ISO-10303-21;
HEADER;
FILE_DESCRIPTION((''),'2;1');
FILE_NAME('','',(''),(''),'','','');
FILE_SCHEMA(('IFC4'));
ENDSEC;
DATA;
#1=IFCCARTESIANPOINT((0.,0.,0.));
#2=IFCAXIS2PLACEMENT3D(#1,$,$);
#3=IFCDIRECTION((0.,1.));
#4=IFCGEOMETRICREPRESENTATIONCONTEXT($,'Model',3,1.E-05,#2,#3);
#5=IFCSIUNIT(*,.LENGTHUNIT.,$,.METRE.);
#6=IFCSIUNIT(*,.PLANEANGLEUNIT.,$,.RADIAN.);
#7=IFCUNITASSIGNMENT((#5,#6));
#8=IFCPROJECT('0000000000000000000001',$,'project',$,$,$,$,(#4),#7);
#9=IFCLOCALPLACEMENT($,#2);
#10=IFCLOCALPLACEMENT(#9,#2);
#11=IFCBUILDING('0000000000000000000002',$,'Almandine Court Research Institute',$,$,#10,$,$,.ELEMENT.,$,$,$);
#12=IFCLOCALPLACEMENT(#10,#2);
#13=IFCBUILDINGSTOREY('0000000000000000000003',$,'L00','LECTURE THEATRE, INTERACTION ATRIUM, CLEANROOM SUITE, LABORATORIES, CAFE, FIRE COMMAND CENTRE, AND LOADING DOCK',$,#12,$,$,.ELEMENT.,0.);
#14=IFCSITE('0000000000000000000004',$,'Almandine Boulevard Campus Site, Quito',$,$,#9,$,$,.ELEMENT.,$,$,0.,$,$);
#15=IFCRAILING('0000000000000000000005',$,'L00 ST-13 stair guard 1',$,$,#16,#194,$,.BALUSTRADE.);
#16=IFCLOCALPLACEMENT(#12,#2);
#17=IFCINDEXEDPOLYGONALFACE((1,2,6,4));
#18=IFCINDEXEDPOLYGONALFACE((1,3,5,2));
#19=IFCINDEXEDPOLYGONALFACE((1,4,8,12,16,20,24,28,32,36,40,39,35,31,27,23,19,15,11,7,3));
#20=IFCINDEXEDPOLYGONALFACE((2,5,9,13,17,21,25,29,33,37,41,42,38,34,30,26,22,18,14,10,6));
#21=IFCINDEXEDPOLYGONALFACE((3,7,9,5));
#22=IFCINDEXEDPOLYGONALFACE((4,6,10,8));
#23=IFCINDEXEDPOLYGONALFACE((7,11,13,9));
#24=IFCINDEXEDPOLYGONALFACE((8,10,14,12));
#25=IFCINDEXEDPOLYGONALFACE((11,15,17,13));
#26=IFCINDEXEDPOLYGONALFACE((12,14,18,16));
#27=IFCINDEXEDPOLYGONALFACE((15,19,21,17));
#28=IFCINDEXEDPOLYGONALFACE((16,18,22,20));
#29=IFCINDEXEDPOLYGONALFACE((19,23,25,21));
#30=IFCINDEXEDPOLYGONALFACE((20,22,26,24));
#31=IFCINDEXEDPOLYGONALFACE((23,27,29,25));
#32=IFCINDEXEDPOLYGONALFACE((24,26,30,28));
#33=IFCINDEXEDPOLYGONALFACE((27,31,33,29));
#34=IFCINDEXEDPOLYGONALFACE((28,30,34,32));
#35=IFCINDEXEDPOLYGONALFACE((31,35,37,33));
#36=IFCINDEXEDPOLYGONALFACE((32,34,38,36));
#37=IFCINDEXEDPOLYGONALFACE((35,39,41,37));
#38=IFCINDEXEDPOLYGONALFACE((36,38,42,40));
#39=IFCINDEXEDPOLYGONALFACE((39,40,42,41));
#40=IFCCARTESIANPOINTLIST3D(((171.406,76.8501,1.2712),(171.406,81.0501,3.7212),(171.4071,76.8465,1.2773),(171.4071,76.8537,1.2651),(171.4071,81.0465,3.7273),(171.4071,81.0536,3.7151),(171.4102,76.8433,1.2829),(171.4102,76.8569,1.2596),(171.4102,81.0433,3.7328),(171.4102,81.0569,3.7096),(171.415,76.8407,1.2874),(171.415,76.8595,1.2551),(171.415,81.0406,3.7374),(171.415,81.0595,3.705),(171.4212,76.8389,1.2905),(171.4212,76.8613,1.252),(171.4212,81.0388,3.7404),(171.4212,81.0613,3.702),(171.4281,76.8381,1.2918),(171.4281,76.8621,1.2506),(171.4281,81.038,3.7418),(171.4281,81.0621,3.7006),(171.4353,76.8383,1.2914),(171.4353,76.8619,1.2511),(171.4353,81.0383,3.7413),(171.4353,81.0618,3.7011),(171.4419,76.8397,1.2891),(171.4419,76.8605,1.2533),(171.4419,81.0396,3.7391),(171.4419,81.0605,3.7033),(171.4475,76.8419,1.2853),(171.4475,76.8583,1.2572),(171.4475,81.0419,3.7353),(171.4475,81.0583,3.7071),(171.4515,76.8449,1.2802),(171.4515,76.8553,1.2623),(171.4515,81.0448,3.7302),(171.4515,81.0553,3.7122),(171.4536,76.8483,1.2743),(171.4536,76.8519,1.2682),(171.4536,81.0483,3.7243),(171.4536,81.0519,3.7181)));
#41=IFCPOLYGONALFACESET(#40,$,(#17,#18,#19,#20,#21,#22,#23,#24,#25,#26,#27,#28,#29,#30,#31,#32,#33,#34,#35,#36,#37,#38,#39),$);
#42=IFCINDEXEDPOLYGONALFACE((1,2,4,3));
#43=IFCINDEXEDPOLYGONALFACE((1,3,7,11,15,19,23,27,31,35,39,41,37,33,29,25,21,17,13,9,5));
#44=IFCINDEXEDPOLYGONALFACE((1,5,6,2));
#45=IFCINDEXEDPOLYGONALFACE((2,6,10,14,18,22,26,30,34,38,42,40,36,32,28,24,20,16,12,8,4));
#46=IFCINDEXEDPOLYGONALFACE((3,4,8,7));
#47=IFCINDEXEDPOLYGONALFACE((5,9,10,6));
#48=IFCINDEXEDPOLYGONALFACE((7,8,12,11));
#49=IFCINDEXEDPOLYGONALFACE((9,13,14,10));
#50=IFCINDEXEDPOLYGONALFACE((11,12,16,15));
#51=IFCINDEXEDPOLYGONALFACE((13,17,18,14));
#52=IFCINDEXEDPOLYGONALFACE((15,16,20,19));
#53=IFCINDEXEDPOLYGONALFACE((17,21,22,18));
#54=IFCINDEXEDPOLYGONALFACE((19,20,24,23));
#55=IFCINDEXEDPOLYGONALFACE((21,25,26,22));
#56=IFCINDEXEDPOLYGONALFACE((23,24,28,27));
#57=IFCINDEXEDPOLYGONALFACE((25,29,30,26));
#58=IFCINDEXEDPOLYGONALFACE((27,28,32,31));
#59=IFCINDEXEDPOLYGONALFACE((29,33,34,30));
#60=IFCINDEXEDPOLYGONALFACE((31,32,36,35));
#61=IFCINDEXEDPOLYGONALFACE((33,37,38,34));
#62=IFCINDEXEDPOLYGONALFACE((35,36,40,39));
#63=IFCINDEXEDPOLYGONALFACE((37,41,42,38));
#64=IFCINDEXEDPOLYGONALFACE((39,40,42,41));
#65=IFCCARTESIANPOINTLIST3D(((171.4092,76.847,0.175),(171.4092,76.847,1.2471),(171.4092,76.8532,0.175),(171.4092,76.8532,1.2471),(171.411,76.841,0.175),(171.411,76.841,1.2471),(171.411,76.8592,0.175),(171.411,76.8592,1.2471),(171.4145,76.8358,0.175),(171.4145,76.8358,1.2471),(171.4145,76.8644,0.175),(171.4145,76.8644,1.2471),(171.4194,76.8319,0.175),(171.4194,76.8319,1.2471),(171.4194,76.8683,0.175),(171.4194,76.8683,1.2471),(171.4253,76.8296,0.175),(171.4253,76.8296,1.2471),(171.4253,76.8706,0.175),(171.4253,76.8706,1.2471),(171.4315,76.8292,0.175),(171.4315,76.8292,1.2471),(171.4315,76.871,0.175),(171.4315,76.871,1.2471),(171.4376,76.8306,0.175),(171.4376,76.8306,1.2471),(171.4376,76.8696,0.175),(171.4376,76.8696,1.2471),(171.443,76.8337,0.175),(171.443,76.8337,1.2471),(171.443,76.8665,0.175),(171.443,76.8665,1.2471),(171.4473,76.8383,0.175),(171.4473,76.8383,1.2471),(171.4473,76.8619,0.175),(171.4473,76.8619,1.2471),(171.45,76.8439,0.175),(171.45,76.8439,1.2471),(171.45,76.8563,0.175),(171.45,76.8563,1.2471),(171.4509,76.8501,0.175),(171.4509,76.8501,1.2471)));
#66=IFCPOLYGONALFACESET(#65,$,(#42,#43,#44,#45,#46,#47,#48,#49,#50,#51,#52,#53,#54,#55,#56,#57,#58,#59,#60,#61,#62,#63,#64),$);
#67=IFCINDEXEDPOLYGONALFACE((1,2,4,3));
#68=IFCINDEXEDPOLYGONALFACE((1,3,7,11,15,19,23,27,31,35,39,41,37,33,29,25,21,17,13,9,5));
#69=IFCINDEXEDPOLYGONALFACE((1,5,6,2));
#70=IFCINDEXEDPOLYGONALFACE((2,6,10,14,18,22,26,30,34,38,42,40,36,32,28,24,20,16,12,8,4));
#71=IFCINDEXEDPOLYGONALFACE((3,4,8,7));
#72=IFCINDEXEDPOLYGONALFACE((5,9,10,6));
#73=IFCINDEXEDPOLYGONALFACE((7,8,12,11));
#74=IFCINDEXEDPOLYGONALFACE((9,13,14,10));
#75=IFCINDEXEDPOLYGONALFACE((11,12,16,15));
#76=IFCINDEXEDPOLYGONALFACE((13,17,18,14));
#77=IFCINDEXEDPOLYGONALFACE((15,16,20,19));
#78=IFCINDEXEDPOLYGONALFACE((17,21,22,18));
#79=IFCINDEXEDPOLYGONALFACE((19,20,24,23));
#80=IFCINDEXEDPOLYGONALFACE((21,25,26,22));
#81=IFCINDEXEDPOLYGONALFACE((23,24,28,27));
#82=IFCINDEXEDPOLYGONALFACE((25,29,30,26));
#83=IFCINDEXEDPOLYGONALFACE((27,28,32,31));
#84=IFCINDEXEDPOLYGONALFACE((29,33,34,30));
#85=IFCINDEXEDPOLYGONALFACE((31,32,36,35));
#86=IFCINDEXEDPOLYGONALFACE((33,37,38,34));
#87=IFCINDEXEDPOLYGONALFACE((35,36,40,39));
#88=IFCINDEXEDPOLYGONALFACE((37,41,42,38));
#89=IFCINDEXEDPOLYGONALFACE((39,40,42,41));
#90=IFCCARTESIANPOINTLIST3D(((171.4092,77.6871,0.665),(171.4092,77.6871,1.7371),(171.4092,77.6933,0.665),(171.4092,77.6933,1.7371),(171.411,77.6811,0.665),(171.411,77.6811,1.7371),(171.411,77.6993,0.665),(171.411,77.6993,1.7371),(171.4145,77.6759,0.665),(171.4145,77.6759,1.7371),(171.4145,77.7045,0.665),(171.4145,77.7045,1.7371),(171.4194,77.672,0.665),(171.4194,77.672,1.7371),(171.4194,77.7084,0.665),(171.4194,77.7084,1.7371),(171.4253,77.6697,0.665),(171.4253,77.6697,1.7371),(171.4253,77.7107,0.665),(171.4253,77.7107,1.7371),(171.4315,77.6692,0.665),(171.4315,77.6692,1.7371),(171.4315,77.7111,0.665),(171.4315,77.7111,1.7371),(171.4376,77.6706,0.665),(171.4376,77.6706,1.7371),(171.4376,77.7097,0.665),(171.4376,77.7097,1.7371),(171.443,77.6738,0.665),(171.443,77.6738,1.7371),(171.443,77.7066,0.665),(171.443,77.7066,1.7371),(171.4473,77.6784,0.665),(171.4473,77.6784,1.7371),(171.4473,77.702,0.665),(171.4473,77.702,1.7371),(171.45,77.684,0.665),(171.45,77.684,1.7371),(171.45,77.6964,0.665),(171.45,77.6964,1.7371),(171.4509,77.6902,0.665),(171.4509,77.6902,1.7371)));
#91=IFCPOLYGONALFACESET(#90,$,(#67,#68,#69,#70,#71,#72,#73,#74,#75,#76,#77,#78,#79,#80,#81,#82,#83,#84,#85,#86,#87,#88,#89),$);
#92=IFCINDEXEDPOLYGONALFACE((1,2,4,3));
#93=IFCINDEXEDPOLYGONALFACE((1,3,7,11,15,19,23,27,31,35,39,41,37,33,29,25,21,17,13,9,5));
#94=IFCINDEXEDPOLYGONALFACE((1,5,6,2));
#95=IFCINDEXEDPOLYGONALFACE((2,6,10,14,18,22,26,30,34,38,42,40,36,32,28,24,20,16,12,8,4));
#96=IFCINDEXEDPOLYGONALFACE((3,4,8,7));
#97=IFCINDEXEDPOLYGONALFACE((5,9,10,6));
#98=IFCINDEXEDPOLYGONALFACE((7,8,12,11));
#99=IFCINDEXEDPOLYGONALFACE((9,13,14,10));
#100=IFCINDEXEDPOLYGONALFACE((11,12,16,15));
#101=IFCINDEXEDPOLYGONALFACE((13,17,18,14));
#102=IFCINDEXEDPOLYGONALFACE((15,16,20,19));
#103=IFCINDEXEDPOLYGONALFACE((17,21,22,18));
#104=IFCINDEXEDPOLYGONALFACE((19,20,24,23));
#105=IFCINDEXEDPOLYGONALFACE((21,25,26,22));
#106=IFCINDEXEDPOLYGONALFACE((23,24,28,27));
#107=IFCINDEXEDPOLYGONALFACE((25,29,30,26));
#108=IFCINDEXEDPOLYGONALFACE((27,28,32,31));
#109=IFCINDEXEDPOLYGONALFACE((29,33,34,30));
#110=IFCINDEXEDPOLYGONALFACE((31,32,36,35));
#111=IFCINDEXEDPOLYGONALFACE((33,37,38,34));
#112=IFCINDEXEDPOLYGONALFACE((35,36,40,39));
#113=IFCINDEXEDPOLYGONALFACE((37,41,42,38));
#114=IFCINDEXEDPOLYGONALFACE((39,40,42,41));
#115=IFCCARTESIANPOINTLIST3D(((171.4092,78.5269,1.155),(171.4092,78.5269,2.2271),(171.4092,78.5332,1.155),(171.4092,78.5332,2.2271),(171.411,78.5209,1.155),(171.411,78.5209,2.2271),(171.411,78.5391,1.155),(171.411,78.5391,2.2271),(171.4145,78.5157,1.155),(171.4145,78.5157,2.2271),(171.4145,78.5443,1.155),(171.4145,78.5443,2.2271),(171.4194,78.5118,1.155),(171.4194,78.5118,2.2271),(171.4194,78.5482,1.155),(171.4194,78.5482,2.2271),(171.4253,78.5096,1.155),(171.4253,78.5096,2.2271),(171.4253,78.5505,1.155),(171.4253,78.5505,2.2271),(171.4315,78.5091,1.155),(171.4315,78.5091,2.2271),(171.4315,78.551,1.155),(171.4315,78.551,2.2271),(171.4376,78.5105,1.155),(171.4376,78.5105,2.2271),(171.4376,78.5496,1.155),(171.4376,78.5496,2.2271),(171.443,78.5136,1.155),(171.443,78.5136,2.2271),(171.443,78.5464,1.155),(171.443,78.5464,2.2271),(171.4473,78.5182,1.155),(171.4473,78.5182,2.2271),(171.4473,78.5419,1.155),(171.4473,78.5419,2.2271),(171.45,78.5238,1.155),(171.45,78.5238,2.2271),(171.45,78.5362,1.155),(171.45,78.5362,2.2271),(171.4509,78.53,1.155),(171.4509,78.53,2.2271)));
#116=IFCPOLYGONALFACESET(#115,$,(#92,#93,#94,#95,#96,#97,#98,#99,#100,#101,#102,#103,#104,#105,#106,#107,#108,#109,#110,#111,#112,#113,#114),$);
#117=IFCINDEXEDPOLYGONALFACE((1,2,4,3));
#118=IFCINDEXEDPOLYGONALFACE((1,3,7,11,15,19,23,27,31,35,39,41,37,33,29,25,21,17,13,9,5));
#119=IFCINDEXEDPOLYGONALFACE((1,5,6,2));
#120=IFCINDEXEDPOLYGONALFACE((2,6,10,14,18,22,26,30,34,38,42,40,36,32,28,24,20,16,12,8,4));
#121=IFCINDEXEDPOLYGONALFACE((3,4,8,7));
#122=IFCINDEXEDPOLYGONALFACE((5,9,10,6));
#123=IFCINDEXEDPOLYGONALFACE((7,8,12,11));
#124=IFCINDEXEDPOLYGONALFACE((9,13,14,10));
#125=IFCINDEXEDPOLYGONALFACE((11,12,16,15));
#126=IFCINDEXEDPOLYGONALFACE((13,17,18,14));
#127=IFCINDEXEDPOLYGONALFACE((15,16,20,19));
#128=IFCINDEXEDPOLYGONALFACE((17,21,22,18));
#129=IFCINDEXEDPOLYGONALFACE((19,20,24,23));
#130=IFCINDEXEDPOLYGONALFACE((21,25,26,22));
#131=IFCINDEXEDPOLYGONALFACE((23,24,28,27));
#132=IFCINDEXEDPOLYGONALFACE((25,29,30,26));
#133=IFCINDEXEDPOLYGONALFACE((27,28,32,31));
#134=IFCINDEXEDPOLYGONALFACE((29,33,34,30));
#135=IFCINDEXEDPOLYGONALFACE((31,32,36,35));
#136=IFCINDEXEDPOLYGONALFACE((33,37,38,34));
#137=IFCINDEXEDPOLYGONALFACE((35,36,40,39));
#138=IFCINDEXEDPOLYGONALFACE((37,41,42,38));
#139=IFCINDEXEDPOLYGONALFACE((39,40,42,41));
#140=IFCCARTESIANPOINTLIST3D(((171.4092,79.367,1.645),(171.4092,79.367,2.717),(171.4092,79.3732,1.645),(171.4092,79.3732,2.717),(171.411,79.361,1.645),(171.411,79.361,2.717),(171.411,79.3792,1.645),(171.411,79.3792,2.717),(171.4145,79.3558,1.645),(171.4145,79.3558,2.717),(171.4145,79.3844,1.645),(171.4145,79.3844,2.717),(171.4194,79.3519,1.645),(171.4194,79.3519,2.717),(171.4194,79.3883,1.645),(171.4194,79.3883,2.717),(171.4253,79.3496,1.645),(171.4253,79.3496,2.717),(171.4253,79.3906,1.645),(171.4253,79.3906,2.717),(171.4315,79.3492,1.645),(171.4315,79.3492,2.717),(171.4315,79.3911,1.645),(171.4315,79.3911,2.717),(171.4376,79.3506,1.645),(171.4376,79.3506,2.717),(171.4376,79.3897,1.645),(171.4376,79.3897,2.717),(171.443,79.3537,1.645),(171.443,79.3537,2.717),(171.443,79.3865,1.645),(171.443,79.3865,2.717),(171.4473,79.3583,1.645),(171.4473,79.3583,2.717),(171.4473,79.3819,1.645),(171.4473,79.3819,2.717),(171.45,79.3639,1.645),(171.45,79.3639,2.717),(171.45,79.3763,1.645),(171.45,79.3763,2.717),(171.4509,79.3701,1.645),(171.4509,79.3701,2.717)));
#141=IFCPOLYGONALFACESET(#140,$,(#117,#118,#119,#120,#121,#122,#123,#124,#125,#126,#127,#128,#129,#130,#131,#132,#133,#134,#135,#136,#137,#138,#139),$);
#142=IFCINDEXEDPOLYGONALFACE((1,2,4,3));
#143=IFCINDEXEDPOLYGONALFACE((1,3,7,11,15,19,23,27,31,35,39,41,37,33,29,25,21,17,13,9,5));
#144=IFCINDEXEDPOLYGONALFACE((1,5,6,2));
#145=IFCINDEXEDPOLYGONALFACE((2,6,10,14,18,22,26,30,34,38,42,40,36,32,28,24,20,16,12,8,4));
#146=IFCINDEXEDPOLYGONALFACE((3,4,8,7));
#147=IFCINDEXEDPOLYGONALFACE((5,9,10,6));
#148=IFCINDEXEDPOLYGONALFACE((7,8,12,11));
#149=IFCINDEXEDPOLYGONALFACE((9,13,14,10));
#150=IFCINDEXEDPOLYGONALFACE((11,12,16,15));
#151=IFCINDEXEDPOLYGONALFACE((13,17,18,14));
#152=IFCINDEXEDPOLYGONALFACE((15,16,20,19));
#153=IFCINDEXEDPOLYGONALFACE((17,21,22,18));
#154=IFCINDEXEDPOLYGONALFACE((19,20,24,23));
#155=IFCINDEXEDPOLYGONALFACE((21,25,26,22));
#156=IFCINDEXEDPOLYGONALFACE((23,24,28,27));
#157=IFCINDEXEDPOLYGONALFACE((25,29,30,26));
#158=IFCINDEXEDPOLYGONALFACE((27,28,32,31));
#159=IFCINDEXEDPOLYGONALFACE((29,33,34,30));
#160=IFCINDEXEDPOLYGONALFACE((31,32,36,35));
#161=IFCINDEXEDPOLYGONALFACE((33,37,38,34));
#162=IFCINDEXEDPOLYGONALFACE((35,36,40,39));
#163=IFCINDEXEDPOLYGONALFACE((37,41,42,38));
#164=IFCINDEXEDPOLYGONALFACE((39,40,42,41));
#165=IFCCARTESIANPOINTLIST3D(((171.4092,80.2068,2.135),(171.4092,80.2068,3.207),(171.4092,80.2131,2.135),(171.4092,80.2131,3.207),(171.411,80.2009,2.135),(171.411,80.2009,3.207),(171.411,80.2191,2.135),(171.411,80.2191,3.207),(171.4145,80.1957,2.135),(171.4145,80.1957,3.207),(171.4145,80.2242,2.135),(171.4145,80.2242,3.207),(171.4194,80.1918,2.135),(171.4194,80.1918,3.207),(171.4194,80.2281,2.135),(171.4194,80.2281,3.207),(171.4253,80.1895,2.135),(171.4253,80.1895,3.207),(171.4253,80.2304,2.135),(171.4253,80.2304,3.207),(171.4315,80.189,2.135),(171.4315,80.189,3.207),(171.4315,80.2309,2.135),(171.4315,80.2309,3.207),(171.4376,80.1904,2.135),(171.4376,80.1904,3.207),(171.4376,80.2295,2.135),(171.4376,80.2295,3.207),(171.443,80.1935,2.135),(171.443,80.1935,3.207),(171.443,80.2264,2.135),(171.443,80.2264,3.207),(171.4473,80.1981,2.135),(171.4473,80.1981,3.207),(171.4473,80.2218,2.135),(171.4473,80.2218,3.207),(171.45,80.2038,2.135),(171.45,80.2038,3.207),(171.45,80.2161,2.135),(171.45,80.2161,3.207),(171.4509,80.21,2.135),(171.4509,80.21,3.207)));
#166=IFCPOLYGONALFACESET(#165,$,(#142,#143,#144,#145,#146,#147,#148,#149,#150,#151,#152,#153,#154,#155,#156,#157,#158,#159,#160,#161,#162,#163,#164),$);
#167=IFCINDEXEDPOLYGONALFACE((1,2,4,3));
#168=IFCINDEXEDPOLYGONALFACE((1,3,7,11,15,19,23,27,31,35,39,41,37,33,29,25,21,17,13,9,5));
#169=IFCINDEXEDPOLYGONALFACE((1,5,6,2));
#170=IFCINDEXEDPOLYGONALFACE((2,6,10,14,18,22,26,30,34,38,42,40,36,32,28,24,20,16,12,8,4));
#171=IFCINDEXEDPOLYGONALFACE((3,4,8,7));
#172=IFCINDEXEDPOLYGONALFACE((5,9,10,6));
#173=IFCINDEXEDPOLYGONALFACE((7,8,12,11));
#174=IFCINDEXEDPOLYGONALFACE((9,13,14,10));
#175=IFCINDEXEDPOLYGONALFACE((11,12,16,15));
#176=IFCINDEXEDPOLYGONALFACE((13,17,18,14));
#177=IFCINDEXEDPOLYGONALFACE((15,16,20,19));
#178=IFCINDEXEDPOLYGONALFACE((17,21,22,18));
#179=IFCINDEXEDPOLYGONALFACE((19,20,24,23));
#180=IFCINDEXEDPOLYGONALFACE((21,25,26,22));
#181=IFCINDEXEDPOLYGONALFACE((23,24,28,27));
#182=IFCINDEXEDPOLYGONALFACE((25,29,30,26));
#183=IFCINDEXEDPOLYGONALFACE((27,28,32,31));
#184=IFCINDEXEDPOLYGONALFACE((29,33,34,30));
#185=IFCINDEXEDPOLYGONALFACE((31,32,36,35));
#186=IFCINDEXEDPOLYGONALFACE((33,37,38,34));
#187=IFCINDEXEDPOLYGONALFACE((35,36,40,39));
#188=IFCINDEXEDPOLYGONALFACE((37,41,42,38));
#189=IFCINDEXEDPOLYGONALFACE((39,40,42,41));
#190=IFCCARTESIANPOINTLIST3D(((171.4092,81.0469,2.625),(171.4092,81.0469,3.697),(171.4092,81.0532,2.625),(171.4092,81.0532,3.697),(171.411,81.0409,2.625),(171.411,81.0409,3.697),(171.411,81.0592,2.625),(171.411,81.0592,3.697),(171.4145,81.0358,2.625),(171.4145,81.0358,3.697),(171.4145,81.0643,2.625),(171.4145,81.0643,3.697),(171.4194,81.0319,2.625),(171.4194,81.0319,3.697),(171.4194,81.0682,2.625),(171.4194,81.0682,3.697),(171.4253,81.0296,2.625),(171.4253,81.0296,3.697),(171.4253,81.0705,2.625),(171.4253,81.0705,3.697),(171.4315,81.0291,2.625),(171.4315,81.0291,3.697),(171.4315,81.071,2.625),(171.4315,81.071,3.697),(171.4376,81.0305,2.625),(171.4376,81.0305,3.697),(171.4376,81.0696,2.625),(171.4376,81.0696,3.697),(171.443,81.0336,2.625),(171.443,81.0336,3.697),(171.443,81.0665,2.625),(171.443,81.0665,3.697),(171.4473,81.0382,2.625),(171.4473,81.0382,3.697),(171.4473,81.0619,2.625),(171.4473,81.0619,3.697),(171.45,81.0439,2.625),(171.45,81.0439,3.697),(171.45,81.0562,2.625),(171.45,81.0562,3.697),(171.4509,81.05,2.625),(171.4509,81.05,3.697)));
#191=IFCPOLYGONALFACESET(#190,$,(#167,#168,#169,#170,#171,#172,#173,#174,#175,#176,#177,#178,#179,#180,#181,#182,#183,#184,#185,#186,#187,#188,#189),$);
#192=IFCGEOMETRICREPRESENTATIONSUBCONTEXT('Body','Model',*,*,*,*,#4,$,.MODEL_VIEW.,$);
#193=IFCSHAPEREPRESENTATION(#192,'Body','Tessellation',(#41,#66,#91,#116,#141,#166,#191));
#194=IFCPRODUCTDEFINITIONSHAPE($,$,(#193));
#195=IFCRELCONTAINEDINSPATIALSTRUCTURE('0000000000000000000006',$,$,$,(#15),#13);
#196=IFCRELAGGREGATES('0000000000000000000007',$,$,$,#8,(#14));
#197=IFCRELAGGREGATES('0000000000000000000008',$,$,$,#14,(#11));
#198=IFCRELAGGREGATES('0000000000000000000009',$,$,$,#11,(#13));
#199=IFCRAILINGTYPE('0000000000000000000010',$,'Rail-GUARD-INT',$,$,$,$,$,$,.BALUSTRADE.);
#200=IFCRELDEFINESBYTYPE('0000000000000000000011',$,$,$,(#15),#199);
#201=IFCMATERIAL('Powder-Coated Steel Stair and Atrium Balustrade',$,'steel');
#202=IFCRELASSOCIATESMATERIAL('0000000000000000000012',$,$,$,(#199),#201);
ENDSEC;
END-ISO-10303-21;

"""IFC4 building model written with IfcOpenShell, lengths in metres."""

from ifc_helpers import new_model, si_unit, direction, frame, origin, origin_2d, place, context, subcontext, project, spatial, circle, extrude, material, type_object, element, save


model = new_model("IFC4")

# Units and contexts
model_context = context("Model", 3, precision=1e-05, world=origin(), true_north=direction((0.0, 1.0)))
body_context = subcontext(model_context, "Body", "Model", "MODEL_VIEW")
ifc_project = project(units=[si_unit("LENGTHUNIT", "METRE"), si_unit("PLANEANGLEUNIT", "RADIAN")], contexts=[model_context])

# Site, building, storey
site_placement = place(None, origin())
site = spatial("IfcSite", under=ifc_project, at=site_placement, Name="Almandine Boulevard Campus Site, Quito", CompositionType="ELEMENT", RefElevation=0.0)
building_placement = place(site_placement, origin())
building = spatial("IfcBuilding", under=site, at=building_placement, Name="Almandine Court Research Institute", CompositionType="ELEMENT")
storey_placement = place(building_placement, origin())
storey = spatial("IfcBuildingStorey", under=building, at=storey_placement, Name="L00", Description="LECTURE THEATRE, INTERACTION ATRIUM, CLEANROOM SUITE, LABORATORIES, CAFE, FIRE COMMAND CENTRE, AND LOADING DOCK", CompositionType="ELEMENT", Elevation=0.0)

# Railing
ifc_material_1 = material(Name="Powder-Coated Steel Stair and Atrium Balustrade", Category="steel")
railing_type_1 = type_object("IfcRailingType", Name="Rail-GUARD-INT", PredefinedType="BALUSTRADE", material=ifc_material_1)
railing_1_placement = place(storey_placement, frame((171.4299, 76.8501, 0.175)))
element("IfcRailing", 1, at=railing_1_placement, inside=storey, type_object=railing_type_1, Name="L00 ST-13 stair guard 1", PredefinedType="BALUSTRADE", context=body_context, shape_type="SweptSolid", body=[
    extrude(circle(Radius=0.0239, at=origin_2d()), frame((0.0, 0.0, 1.0962), z_axis=(0.0, 0.863781, 0.503868), x_axis=(-1.0, 0.0, 0.0)), (0.0, 0.0, 1.0), 4.8623),
    extrude(circle(Radius=0.021, at=origin_2d()), origin(), (0.0, 0.0, 1.0), 1.072),
    extrude(circle(Radius=0.021, at=origin_2d()), frame((0.0, 0.8401, 0.49)), (0.0, 0.0, 1.0), 1.072),
    extrude(circle(Radius=0.021, at=origin_2d()), frame((0.0, 1.6799, 0.98)), (0.0, 0.0, 1.0), 1.072),
    extrude(circle(Radius=0.021, at=origin_2d()), frame((0.0, 2.52, 1.47)), (0.0, 0.0, 1.0), 1.072),
    extrude(circle(Radius=0.021, at=origin_2d()), frame((0.0, 3.3599, 1.96)), (0.0, 0.0, 1.0), 1.072),
    extrude(circle(Radius=0.021, at=origin_2d()), frame((0.0, 4.2, 2.45)), (0.0, 0.0, 1.0), 1.072),
])

save(model, "model.ifc")
